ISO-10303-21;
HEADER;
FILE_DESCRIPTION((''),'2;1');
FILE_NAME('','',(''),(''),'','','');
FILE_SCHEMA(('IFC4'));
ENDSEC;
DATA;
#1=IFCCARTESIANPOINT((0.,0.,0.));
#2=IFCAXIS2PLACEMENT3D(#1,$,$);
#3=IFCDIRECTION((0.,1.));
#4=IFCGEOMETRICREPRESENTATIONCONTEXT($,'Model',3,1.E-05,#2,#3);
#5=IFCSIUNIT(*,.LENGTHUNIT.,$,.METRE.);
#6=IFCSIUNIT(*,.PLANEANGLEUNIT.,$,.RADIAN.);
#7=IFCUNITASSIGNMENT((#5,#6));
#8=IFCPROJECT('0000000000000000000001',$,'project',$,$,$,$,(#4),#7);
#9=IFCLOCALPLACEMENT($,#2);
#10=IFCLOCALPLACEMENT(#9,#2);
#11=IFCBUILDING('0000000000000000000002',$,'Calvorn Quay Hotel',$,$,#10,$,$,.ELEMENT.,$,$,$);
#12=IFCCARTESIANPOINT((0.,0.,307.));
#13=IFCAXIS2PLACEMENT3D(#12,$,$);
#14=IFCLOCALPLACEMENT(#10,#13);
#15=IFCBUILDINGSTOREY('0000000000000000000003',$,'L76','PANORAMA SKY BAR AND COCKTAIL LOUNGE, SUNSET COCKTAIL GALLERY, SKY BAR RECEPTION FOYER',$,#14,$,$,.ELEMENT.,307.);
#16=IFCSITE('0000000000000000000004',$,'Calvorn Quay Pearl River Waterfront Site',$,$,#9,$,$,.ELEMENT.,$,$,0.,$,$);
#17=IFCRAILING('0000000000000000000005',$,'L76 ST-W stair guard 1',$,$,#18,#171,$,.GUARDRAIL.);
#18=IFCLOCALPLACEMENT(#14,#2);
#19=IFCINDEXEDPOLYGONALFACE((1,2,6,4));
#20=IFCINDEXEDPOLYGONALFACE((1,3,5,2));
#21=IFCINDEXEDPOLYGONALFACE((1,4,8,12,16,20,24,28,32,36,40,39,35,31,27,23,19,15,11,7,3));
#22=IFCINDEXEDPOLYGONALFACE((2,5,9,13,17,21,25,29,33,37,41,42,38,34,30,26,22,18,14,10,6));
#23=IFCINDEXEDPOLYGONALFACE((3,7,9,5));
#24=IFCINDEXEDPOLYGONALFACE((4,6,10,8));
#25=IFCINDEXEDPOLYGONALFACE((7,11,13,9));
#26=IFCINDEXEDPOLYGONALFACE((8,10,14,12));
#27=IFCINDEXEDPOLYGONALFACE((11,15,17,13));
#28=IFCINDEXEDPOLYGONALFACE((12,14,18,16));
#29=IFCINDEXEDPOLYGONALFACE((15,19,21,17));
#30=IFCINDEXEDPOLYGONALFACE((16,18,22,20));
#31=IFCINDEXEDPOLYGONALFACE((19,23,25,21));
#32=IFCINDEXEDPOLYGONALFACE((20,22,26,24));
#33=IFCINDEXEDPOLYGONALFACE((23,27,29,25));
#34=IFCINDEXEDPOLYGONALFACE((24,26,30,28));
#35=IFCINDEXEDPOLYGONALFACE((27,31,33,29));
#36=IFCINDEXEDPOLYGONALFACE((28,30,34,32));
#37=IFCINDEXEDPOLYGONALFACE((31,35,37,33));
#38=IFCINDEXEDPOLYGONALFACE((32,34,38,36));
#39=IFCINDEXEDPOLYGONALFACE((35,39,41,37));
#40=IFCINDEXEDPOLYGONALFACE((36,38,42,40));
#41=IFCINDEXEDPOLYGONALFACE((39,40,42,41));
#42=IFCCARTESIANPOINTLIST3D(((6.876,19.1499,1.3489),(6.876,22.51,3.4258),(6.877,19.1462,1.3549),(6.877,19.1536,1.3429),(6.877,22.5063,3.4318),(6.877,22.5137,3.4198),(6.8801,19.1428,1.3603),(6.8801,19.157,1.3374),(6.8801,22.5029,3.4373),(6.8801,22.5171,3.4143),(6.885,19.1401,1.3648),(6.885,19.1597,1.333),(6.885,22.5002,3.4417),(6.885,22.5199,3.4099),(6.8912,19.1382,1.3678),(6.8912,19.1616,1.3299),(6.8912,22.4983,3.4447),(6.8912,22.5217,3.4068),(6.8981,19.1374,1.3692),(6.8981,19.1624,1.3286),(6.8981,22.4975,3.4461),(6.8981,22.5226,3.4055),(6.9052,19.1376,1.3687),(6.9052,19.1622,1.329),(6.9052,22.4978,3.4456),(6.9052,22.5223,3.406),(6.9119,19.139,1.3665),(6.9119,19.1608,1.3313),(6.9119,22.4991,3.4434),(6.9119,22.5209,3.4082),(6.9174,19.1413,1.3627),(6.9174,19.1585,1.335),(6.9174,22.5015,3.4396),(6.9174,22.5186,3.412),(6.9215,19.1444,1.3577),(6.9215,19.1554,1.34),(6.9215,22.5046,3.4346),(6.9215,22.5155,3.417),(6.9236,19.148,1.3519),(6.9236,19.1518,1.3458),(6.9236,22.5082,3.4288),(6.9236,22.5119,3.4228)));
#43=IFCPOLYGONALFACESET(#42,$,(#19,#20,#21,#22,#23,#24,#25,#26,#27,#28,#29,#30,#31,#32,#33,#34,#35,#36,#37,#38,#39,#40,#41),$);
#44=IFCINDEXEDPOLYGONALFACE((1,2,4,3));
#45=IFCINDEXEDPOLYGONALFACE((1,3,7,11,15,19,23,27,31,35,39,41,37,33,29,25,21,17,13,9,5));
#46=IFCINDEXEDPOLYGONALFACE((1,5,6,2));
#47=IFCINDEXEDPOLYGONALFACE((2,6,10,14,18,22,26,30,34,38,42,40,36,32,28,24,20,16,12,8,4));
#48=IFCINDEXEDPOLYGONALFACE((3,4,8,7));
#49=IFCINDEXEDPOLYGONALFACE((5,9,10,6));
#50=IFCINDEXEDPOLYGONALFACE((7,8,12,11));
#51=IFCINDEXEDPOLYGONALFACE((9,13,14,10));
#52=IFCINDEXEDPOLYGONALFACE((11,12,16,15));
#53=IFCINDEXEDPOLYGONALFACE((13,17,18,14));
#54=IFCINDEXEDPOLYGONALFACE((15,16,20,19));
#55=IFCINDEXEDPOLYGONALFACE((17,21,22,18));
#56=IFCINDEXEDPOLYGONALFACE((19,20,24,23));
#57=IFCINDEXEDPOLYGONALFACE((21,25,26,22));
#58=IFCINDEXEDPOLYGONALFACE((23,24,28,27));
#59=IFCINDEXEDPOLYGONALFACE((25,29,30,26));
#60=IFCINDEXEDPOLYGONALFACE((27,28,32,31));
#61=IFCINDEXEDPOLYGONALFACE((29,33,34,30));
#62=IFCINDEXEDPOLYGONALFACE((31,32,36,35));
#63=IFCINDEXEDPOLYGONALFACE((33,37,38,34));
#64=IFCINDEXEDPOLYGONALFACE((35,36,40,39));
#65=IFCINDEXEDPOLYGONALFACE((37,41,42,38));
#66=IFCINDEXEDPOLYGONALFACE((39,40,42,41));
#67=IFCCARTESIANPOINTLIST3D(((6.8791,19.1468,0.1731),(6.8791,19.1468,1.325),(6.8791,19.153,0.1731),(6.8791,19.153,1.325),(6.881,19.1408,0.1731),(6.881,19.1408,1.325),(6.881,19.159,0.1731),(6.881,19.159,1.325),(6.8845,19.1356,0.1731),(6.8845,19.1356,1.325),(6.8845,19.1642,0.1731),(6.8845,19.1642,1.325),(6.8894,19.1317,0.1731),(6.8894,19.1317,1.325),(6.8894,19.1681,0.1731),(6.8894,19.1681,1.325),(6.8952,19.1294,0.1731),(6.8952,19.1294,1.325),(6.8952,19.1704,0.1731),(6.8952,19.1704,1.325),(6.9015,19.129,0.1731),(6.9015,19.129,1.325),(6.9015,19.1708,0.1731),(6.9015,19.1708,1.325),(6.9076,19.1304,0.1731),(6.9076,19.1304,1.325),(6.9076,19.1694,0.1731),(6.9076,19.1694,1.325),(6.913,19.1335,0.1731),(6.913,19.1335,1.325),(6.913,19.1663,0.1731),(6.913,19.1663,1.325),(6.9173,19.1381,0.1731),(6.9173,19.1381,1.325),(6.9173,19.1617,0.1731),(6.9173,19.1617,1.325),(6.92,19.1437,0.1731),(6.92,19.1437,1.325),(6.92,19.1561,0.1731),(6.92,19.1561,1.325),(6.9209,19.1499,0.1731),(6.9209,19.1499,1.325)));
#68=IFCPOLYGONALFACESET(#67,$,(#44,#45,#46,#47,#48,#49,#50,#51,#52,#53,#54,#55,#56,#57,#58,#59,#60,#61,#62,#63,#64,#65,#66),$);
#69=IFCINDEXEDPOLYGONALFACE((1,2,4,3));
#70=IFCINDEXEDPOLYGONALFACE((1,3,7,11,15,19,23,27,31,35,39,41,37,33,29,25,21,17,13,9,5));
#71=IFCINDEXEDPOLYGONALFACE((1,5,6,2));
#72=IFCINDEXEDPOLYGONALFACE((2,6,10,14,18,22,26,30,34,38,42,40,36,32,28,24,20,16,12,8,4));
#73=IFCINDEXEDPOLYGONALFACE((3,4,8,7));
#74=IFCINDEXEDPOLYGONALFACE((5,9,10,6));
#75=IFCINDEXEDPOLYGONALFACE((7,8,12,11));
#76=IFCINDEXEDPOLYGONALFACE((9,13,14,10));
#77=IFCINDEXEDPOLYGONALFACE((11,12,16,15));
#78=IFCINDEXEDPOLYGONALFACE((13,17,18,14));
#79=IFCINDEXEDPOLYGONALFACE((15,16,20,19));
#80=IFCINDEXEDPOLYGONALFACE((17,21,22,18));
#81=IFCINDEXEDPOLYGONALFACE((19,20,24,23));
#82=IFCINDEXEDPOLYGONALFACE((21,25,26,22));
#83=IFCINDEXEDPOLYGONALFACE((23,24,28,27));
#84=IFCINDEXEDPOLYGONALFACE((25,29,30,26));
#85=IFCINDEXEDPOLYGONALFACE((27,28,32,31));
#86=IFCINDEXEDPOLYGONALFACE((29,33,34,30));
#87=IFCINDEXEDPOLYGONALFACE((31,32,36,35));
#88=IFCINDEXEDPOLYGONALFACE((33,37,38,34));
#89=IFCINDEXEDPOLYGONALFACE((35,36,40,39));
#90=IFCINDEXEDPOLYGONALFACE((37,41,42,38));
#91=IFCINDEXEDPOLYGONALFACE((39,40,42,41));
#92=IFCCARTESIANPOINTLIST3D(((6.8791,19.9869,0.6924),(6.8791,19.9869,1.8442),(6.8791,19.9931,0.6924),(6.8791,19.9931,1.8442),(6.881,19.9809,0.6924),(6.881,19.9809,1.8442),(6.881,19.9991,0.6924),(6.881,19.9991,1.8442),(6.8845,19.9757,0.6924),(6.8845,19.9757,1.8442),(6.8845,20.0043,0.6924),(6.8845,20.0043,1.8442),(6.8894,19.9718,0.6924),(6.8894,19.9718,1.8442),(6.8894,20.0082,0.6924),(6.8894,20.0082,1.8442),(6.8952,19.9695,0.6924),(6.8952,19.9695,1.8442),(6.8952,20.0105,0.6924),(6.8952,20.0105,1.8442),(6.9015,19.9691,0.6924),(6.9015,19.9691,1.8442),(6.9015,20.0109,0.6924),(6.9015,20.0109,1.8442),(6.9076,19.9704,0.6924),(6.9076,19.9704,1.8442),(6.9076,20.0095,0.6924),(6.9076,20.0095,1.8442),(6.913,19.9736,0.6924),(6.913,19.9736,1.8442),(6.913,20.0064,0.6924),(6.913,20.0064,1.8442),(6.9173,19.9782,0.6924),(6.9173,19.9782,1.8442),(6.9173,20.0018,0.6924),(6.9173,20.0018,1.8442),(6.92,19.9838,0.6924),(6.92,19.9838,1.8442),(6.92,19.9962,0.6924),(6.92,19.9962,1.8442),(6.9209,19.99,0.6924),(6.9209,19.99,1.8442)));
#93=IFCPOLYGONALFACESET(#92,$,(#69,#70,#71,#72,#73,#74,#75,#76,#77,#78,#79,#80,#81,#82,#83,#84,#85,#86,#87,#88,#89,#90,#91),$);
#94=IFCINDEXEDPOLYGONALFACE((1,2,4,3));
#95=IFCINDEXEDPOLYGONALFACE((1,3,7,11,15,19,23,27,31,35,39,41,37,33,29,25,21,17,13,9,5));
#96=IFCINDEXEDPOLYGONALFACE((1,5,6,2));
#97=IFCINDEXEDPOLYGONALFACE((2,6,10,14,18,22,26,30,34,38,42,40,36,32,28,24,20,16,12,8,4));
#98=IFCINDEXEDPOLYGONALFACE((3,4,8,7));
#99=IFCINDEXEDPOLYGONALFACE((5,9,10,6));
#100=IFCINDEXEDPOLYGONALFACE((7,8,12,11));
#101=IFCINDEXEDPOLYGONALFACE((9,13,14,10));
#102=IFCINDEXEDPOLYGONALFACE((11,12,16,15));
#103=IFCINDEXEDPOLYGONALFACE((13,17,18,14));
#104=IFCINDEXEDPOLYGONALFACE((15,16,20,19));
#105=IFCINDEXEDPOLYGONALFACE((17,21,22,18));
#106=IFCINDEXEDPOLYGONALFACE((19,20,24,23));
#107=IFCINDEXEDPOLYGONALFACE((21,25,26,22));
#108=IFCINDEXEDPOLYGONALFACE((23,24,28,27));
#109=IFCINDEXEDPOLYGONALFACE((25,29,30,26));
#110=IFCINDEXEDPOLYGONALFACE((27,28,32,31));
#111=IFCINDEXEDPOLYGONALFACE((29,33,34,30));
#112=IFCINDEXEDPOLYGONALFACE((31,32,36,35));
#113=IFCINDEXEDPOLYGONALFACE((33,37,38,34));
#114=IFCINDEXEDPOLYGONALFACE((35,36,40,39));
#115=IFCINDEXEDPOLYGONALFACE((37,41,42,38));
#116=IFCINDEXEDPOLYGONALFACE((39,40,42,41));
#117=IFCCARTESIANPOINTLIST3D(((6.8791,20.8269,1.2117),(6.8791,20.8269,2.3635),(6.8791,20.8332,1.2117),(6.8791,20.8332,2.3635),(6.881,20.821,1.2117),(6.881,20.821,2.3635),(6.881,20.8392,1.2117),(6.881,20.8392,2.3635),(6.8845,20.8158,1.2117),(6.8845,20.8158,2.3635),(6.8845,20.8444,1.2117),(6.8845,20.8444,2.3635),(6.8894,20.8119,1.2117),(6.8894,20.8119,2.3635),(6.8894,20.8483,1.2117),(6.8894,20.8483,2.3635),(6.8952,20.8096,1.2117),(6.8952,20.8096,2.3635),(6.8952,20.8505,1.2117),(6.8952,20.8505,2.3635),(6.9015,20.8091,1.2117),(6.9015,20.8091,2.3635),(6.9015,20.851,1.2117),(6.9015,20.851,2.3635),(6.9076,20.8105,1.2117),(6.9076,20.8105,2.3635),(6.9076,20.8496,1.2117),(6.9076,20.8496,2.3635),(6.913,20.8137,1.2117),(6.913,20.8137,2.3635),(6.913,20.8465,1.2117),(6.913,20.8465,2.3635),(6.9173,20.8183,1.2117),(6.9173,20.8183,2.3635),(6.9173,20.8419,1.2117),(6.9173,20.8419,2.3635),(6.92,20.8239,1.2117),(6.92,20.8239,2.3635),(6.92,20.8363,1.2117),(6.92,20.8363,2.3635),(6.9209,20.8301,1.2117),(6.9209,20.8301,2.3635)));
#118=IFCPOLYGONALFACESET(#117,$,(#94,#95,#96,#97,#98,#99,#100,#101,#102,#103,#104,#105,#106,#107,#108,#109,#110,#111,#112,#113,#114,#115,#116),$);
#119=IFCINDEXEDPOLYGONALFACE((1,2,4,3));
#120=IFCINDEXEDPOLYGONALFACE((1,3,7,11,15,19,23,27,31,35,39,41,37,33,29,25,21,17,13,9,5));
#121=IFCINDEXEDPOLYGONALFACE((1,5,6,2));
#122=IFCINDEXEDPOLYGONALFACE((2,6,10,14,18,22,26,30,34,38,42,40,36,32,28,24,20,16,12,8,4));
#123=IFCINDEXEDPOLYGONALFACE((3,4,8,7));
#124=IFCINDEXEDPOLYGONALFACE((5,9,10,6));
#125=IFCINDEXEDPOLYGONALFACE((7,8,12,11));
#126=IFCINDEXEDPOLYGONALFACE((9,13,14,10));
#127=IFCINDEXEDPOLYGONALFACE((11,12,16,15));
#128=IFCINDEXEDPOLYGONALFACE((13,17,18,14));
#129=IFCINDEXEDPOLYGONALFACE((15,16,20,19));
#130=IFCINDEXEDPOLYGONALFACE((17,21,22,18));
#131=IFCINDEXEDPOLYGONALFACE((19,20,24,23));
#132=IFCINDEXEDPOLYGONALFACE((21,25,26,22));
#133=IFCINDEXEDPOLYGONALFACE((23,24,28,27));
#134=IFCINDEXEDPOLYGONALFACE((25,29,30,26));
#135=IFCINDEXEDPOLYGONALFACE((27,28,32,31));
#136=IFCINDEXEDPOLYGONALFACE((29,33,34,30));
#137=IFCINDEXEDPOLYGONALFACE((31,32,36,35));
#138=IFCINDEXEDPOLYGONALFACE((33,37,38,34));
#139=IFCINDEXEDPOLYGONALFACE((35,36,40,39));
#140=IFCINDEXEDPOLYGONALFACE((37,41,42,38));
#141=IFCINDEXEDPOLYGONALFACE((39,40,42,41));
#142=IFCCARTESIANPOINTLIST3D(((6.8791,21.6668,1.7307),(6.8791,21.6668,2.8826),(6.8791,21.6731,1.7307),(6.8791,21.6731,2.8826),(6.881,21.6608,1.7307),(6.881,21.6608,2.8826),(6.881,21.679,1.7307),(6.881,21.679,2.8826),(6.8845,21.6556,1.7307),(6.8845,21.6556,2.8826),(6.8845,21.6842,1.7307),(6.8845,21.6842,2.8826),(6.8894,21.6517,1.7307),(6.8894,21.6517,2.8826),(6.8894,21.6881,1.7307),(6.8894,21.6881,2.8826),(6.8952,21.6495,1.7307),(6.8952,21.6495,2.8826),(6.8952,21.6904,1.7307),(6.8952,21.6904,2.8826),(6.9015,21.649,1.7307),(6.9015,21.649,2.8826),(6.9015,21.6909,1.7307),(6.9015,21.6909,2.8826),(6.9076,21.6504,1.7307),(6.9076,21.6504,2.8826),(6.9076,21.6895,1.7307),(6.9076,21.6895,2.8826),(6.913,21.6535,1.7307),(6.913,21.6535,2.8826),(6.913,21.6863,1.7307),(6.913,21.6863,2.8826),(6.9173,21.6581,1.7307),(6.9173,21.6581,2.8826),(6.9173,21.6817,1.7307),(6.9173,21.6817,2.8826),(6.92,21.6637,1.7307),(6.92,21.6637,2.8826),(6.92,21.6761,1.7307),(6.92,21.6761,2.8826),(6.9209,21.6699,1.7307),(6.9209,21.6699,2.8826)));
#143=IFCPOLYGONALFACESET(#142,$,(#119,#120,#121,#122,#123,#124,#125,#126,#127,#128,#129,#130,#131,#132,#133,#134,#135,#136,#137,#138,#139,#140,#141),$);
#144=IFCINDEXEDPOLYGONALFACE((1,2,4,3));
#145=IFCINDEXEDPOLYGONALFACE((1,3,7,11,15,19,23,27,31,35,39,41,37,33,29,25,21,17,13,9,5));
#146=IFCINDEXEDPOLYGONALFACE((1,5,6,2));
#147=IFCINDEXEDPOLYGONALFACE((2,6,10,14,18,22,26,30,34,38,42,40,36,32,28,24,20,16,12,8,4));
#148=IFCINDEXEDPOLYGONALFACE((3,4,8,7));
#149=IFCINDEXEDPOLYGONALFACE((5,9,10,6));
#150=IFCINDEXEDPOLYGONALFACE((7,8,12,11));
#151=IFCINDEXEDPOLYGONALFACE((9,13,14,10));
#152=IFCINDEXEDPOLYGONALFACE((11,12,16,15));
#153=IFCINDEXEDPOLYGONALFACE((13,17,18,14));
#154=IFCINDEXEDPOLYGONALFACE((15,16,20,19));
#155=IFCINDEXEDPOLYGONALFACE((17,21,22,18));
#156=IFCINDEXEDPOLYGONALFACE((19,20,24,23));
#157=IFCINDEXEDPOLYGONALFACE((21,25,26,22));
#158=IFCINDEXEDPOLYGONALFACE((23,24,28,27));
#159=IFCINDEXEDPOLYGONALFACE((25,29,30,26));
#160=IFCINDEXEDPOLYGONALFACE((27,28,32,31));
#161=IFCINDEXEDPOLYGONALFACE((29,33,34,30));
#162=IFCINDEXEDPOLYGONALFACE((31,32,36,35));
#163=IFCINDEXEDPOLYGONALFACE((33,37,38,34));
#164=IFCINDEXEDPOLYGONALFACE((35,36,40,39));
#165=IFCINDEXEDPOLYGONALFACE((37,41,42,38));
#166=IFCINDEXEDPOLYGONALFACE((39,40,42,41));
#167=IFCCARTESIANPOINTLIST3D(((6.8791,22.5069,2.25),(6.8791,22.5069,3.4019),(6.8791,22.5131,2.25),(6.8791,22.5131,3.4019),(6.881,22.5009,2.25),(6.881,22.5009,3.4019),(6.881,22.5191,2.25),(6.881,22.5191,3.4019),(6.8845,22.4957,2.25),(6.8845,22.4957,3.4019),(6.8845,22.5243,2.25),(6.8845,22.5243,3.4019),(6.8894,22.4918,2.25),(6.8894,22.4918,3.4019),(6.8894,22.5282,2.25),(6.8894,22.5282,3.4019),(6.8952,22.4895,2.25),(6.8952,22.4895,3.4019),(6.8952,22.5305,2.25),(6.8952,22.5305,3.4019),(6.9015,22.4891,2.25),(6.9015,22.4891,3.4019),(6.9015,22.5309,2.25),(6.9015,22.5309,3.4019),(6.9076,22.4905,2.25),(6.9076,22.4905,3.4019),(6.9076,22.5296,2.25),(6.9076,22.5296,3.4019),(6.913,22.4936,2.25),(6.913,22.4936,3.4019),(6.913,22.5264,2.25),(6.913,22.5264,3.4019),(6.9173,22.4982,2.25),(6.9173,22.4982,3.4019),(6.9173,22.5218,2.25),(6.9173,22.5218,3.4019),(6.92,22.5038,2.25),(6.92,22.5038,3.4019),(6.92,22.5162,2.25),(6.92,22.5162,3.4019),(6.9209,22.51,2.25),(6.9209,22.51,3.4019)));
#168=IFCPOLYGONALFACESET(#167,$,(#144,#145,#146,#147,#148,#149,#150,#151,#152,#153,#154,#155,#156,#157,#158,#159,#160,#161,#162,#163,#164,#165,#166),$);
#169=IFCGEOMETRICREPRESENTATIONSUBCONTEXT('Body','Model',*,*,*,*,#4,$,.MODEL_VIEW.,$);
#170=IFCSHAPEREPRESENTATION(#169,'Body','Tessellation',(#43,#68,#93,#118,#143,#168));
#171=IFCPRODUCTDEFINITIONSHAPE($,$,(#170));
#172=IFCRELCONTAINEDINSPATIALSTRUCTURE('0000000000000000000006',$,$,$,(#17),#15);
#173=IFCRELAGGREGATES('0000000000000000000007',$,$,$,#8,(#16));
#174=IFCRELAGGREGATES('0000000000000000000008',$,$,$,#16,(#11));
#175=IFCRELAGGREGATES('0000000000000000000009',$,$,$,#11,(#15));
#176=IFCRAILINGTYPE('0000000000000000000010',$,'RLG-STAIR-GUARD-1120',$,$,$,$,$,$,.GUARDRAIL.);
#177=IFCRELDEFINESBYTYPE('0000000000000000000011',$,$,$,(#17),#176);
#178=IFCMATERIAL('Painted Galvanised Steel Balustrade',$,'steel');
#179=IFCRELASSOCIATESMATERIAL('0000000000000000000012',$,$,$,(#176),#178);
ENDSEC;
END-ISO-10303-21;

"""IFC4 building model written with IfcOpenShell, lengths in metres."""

from ifc_helpers import new_model, si_unit, direction, frame, origin, origin_2d, place, context, subcontext, project, spatial, circle, extrude, material, type_object, element, save


model = new_model("IFC4")

# Units and contexts
model_context = context("Model", 3, precision=1e-05, world=origin(), true_north=direction((0.0, 1.0)))
body_context = subcontext(model_context, "Body", "Model", "MODEL_VIEW")
ifc_project = project(units=[si_unit("LENGTHUNIT", "METRE"), si_unit("PLANEANGLEUNIT", "RADIAN")], contexts=[model_context])

# Site, building, storey
site_placement = place(None, origin())
site = spatial("IfcSite", under=ifc_project, at=site_placement, Name="Calvorn Quay Pearl River Waterfront Site", CompositionType="ELEMENT", RefElevation=0.0)
building_placement = place(site_placement, origin())
building = spatial("IfcBuilding", under=site, at=building_placement, Name="Calvorn Quay Hotel", CompositionType="ELEMENT")
storey_placement = place(building_placement, frame((0.0, 0.0, 307.0)))
storey = spatial("IfcBuildingStorey", under=building, at=storey_placement, Name="L76", Description="PANORAMA SKY BAR AND COCKTAIL LOUNGE, SUNSET COCKTAIL GALLERY, SKY BAR RECEPTION FOYER", CompositionType="ELEMENT", Elevation=307.0)

# Railing
ifc_material_1 = material(Name="Painted Galvanised Steel Balustrade", Category="steel")
railing_type_1 = type_object("IfcRailingType", Name="RLG-STAIR-GUARD-1120", PredefinedType="GUARDRAIL", material=ifc_material_1)
railing_1_placement = place(storey_placement, frame((6.8999, 19.1499, 0.1731)))
element("IfcRailing", 1, at=railing_1_placement, inside=storey, type_object=railing_type_1, Name="L76 ST-W stair guard 1", PredefinedType="GUARDRAIL", context=body_context, shape_type="SweptSolid", body=[
    extrude(circle(Radius=0.0239, at=origin_2d()), frame((0.0, 0.0, 1.1758), z_axis=(0.0, 0.850623, 0.525776), x_axis=(-1.0, 0.0, 0.0)), (0.0, 0.0, 1.0), 3.9502),
    extrude(circle(Radius=0.021, at=origin_2d()), origin(), (0.0, 0.0, 1.0), 1.1519),
    extrude(circle(Radius=0.021, at=origin_2d()), frame((0.0, 0.8401, 0.5193)), (0.0, 0.0, 1.0), 1.1519),
    extrude(circle(Radius=0.021, at=origin_2d()), frame((0.0, 1.6802, 1.0386)), (0.0, 0.0, 1.0), 1.1519),
    extrude(circle(Radius=0.021, at=origin_2d()), frame((0.0, 2.52, 1.5576)), (0.0, 0.0, 1.0), 1.1519),
    extrude(circle(Radius=0.021, at=origin_2d()), frame((0.0, 3.3601, 2.0769)), (0.0, 0.0, 1.0), 1.1519),
])

save(model, "model.ifc")
